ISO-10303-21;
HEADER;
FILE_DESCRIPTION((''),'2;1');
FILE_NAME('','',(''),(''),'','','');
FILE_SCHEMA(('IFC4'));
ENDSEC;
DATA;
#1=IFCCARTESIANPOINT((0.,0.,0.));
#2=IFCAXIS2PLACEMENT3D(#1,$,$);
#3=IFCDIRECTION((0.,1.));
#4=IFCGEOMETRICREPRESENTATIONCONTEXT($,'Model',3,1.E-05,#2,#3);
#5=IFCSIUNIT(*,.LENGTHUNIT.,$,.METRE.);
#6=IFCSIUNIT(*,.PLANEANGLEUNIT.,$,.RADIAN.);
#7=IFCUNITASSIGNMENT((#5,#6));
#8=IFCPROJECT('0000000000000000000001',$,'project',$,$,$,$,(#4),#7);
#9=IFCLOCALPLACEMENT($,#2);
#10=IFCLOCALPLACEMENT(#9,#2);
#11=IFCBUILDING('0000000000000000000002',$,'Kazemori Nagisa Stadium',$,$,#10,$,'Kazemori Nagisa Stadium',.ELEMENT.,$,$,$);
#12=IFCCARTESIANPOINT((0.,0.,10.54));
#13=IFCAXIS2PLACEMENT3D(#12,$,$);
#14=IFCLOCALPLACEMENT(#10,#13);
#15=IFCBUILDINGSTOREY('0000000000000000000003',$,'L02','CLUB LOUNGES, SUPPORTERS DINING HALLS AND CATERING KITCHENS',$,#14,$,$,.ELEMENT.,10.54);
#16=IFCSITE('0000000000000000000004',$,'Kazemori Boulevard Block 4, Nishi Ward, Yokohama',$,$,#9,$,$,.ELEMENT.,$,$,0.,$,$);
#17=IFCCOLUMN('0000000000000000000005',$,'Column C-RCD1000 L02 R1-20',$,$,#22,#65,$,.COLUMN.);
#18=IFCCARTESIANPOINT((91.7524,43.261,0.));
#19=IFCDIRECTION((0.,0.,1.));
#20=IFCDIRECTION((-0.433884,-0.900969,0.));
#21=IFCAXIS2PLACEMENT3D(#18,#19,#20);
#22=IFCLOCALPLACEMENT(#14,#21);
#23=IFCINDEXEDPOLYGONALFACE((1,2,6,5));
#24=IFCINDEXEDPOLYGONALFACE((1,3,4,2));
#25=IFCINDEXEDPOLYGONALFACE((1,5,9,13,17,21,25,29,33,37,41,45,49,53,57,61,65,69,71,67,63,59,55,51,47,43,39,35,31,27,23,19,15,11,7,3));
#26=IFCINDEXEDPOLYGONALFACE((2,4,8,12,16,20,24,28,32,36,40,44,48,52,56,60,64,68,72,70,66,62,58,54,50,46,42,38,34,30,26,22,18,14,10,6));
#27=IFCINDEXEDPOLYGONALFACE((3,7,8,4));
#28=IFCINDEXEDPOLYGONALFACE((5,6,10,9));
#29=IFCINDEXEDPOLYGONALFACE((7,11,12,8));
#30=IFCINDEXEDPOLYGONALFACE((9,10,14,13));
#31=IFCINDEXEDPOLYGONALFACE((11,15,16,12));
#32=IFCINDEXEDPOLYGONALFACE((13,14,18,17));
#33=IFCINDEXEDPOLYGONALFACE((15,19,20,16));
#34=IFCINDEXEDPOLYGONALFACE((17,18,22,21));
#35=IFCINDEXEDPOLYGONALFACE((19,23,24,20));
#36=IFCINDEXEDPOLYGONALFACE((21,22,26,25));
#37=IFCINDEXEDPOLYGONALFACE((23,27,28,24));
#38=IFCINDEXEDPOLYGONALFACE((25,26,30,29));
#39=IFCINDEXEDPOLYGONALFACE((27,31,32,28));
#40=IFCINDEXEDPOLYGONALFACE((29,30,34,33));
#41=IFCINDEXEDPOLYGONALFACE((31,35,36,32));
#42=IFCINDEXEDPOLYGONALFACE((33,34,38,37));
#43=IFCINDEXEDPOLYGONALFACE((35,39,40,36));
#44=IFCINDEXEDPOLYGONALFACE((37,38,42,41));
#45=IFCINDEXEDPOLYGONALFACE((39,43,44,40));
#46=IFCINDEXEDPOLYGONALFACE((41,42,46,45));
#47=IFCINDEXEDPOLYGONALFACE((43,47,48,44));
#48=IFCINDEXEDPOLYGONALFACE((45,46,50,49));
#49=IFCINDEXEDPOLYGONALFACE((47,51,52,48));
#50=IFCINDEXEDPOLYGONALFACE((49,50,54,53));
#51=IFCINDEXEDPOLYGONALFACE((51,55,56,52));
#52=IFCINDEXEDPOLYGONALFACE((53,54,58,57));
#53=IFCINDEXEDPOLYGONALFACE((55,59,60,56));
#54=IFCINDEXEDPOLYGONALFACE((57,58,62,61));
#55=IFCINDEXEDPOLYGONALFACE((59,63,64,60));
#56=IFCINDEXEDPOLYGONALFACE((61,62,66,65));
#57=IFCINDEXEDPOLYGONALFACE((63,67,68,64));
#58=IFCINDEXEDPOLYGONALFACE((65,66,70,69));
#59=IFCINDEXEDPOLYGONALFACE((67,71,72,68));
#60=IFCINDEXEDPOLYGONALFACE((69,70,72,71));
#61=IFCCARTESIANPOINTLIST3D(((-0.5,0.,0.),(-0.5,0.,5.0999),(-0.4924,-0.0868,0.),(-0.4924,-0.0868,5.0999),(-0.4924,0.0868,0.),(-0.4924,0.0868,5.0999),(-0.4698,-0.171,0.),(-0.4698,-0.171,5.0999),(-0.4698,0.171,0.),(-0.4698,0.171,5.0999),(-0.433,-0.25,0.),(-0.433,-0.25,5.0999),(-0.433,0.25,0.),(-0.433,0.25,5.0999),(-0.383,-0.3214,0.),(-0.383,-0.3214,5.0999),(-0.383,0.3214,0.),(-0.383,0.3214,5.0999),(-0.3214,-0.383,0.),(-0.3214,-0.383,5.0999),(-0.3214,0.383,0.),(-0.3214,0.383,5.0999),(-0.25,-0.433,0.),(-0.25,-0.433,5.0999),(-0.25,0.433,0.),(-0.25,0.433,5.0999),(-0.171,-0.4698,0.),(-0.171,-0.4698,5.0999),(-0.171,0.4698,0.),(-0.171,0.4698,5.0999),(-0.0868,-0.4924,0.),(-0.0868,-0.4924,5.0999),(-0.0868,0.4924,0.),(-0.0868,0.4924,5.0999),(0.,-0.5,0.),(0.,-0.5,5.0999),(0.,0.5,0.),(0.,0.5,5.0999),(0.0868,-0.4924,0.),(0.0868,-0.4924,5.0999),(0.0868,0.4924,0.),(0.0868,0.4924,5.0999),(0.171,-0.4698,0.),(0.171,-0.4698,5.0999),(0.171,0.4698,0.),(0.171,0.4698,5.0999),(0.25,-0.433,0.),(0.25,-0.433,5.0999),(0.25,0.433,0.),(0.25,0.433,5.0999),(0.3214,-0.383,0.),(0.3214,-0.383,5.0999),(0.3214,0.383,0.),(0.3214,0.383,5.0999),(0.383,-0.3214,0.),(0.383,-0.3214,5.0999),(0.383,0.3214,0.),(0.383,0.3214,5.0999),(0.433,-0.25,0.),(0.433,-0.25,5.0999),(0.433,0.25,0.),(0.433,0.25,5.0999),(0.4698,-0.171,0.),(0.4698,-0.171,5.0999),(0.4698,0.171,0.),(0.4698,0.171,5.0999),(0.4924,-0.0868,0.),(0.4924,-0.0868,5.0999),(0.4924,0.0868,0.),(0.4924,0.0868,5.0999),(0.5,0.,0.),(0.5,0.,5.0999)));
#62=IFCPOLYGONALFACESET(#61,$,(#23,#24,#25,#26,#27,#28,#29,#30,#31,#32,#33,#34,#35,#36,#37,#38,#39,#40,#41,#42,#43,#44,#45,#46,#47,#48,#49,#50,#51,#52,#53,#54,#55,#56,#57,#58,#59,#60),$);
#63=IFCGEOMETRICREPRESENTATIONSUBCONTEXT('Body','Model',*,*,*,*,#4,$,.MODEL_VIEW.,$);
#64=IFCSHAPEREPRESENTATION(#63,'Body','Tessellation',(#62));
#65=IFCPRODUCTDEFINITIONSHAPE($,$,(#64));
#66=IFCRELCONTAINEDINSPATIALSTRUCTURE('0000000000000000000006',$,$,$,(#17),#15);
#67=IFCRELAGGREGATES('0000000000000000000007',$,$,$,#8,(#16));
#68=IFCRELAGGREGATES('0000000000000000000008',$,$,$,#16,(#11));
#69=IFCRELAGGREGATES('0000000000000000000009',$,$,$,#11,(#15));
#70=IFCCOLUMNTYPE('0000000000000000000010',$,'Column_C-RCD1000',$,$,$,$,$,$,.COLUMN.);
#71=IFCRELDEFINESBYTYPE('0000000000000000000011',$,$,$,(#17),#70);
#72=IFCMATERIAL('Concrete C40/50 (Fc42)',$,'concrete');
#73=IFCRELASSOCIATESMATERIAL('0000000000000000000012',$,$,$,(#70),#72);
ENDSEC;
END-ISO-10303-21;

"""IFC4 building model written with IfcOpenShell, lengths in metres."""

from ifc_helpers import new_model, si_unit, direction, frame, origin, origin_2d, place, context, subcontext, project, spatial, circle, extrude, material, material_profile, profile_set, type_object, element, save


model = new_model("IFC4")

# Units and contexts
model_context = context("Model", 3, precision=1e-05, world=origin(), true_north=direction((0.0, 1.0)))
body_context = subcontext(model_context, "Body", "Model", "MODEL_VIEW")
ifc_project = project(units=[si_unit("LENGTHUNIT", "METRE"), si_unit("PLANEANGLEUNIT", "RADIAN")], contexts=[model_context])

# Site, building, storey
site_placement = place(None, origin())
site = spatial("IfcSite", under=ifc_project, at=site_placement, Name="Kazemori Boulevard Block 4, Nishi Ward, Yokohama", CompositionType="ELEMENT", RefElevation=0.0)
building_placement = place(site_placement, origin())
building = spatial("IfcBuilding", under=site, at=building_placement, Name="Kazemori Nagisa Stadium", LongName="Kazemori Nagisa Stadium", CompositionType="ELEMENT")
storey_placement = place(building_placement, frame((0.0, 0.0, 10.54)))
storey = spatial("IfcBuildingStorey", under=building, at=storey_placement, Name="L02", Description="CLUB LOUNGES, SUPPORTERS DINING HALLS AND CATERING KITCHENS", CompositionType="ELEMENT", Elevation=10.54)

# Column
ifc_material_1 = material(Name="Concrete C40/50 (Fc42)", Category="concrete")
ifc_material_profile_1 = material_profile(ifc_material_1, circle(Radius=0.5, at=origin_2d()), Name="RC-COL-D1000")
ifc_profile_set_1 = profile_set([ifc_material_profile_1], Name="Concrete C40/50 (Fc42)")
column_type = type_object("IfcColumnType", Name="Column_C-RCD1000", PredefinedType="COLUMN", material=ifc_profile_set_1)
column_placement = place(storey_placement, frame((91.7524, 43.261, 0.0), z_axis=(0.0, 0.0, 1.0), x_axis=(-0.433884, -0.900969, 0.0)))
element("IfcColumn", 1, at=column_placement, inside=storey, type_object=column_type, Name="Column C-RCD1000 L02 R1-20", PredefinedType="COLUMN", context=body_context, shape_type="SweptSolid", body=[
    extrude(circle(Radius=0.5, at=origin_2d()), origin(), (0.0, 0.0, 1.0), 5.0999),
])

save(model, "model.ifc")
